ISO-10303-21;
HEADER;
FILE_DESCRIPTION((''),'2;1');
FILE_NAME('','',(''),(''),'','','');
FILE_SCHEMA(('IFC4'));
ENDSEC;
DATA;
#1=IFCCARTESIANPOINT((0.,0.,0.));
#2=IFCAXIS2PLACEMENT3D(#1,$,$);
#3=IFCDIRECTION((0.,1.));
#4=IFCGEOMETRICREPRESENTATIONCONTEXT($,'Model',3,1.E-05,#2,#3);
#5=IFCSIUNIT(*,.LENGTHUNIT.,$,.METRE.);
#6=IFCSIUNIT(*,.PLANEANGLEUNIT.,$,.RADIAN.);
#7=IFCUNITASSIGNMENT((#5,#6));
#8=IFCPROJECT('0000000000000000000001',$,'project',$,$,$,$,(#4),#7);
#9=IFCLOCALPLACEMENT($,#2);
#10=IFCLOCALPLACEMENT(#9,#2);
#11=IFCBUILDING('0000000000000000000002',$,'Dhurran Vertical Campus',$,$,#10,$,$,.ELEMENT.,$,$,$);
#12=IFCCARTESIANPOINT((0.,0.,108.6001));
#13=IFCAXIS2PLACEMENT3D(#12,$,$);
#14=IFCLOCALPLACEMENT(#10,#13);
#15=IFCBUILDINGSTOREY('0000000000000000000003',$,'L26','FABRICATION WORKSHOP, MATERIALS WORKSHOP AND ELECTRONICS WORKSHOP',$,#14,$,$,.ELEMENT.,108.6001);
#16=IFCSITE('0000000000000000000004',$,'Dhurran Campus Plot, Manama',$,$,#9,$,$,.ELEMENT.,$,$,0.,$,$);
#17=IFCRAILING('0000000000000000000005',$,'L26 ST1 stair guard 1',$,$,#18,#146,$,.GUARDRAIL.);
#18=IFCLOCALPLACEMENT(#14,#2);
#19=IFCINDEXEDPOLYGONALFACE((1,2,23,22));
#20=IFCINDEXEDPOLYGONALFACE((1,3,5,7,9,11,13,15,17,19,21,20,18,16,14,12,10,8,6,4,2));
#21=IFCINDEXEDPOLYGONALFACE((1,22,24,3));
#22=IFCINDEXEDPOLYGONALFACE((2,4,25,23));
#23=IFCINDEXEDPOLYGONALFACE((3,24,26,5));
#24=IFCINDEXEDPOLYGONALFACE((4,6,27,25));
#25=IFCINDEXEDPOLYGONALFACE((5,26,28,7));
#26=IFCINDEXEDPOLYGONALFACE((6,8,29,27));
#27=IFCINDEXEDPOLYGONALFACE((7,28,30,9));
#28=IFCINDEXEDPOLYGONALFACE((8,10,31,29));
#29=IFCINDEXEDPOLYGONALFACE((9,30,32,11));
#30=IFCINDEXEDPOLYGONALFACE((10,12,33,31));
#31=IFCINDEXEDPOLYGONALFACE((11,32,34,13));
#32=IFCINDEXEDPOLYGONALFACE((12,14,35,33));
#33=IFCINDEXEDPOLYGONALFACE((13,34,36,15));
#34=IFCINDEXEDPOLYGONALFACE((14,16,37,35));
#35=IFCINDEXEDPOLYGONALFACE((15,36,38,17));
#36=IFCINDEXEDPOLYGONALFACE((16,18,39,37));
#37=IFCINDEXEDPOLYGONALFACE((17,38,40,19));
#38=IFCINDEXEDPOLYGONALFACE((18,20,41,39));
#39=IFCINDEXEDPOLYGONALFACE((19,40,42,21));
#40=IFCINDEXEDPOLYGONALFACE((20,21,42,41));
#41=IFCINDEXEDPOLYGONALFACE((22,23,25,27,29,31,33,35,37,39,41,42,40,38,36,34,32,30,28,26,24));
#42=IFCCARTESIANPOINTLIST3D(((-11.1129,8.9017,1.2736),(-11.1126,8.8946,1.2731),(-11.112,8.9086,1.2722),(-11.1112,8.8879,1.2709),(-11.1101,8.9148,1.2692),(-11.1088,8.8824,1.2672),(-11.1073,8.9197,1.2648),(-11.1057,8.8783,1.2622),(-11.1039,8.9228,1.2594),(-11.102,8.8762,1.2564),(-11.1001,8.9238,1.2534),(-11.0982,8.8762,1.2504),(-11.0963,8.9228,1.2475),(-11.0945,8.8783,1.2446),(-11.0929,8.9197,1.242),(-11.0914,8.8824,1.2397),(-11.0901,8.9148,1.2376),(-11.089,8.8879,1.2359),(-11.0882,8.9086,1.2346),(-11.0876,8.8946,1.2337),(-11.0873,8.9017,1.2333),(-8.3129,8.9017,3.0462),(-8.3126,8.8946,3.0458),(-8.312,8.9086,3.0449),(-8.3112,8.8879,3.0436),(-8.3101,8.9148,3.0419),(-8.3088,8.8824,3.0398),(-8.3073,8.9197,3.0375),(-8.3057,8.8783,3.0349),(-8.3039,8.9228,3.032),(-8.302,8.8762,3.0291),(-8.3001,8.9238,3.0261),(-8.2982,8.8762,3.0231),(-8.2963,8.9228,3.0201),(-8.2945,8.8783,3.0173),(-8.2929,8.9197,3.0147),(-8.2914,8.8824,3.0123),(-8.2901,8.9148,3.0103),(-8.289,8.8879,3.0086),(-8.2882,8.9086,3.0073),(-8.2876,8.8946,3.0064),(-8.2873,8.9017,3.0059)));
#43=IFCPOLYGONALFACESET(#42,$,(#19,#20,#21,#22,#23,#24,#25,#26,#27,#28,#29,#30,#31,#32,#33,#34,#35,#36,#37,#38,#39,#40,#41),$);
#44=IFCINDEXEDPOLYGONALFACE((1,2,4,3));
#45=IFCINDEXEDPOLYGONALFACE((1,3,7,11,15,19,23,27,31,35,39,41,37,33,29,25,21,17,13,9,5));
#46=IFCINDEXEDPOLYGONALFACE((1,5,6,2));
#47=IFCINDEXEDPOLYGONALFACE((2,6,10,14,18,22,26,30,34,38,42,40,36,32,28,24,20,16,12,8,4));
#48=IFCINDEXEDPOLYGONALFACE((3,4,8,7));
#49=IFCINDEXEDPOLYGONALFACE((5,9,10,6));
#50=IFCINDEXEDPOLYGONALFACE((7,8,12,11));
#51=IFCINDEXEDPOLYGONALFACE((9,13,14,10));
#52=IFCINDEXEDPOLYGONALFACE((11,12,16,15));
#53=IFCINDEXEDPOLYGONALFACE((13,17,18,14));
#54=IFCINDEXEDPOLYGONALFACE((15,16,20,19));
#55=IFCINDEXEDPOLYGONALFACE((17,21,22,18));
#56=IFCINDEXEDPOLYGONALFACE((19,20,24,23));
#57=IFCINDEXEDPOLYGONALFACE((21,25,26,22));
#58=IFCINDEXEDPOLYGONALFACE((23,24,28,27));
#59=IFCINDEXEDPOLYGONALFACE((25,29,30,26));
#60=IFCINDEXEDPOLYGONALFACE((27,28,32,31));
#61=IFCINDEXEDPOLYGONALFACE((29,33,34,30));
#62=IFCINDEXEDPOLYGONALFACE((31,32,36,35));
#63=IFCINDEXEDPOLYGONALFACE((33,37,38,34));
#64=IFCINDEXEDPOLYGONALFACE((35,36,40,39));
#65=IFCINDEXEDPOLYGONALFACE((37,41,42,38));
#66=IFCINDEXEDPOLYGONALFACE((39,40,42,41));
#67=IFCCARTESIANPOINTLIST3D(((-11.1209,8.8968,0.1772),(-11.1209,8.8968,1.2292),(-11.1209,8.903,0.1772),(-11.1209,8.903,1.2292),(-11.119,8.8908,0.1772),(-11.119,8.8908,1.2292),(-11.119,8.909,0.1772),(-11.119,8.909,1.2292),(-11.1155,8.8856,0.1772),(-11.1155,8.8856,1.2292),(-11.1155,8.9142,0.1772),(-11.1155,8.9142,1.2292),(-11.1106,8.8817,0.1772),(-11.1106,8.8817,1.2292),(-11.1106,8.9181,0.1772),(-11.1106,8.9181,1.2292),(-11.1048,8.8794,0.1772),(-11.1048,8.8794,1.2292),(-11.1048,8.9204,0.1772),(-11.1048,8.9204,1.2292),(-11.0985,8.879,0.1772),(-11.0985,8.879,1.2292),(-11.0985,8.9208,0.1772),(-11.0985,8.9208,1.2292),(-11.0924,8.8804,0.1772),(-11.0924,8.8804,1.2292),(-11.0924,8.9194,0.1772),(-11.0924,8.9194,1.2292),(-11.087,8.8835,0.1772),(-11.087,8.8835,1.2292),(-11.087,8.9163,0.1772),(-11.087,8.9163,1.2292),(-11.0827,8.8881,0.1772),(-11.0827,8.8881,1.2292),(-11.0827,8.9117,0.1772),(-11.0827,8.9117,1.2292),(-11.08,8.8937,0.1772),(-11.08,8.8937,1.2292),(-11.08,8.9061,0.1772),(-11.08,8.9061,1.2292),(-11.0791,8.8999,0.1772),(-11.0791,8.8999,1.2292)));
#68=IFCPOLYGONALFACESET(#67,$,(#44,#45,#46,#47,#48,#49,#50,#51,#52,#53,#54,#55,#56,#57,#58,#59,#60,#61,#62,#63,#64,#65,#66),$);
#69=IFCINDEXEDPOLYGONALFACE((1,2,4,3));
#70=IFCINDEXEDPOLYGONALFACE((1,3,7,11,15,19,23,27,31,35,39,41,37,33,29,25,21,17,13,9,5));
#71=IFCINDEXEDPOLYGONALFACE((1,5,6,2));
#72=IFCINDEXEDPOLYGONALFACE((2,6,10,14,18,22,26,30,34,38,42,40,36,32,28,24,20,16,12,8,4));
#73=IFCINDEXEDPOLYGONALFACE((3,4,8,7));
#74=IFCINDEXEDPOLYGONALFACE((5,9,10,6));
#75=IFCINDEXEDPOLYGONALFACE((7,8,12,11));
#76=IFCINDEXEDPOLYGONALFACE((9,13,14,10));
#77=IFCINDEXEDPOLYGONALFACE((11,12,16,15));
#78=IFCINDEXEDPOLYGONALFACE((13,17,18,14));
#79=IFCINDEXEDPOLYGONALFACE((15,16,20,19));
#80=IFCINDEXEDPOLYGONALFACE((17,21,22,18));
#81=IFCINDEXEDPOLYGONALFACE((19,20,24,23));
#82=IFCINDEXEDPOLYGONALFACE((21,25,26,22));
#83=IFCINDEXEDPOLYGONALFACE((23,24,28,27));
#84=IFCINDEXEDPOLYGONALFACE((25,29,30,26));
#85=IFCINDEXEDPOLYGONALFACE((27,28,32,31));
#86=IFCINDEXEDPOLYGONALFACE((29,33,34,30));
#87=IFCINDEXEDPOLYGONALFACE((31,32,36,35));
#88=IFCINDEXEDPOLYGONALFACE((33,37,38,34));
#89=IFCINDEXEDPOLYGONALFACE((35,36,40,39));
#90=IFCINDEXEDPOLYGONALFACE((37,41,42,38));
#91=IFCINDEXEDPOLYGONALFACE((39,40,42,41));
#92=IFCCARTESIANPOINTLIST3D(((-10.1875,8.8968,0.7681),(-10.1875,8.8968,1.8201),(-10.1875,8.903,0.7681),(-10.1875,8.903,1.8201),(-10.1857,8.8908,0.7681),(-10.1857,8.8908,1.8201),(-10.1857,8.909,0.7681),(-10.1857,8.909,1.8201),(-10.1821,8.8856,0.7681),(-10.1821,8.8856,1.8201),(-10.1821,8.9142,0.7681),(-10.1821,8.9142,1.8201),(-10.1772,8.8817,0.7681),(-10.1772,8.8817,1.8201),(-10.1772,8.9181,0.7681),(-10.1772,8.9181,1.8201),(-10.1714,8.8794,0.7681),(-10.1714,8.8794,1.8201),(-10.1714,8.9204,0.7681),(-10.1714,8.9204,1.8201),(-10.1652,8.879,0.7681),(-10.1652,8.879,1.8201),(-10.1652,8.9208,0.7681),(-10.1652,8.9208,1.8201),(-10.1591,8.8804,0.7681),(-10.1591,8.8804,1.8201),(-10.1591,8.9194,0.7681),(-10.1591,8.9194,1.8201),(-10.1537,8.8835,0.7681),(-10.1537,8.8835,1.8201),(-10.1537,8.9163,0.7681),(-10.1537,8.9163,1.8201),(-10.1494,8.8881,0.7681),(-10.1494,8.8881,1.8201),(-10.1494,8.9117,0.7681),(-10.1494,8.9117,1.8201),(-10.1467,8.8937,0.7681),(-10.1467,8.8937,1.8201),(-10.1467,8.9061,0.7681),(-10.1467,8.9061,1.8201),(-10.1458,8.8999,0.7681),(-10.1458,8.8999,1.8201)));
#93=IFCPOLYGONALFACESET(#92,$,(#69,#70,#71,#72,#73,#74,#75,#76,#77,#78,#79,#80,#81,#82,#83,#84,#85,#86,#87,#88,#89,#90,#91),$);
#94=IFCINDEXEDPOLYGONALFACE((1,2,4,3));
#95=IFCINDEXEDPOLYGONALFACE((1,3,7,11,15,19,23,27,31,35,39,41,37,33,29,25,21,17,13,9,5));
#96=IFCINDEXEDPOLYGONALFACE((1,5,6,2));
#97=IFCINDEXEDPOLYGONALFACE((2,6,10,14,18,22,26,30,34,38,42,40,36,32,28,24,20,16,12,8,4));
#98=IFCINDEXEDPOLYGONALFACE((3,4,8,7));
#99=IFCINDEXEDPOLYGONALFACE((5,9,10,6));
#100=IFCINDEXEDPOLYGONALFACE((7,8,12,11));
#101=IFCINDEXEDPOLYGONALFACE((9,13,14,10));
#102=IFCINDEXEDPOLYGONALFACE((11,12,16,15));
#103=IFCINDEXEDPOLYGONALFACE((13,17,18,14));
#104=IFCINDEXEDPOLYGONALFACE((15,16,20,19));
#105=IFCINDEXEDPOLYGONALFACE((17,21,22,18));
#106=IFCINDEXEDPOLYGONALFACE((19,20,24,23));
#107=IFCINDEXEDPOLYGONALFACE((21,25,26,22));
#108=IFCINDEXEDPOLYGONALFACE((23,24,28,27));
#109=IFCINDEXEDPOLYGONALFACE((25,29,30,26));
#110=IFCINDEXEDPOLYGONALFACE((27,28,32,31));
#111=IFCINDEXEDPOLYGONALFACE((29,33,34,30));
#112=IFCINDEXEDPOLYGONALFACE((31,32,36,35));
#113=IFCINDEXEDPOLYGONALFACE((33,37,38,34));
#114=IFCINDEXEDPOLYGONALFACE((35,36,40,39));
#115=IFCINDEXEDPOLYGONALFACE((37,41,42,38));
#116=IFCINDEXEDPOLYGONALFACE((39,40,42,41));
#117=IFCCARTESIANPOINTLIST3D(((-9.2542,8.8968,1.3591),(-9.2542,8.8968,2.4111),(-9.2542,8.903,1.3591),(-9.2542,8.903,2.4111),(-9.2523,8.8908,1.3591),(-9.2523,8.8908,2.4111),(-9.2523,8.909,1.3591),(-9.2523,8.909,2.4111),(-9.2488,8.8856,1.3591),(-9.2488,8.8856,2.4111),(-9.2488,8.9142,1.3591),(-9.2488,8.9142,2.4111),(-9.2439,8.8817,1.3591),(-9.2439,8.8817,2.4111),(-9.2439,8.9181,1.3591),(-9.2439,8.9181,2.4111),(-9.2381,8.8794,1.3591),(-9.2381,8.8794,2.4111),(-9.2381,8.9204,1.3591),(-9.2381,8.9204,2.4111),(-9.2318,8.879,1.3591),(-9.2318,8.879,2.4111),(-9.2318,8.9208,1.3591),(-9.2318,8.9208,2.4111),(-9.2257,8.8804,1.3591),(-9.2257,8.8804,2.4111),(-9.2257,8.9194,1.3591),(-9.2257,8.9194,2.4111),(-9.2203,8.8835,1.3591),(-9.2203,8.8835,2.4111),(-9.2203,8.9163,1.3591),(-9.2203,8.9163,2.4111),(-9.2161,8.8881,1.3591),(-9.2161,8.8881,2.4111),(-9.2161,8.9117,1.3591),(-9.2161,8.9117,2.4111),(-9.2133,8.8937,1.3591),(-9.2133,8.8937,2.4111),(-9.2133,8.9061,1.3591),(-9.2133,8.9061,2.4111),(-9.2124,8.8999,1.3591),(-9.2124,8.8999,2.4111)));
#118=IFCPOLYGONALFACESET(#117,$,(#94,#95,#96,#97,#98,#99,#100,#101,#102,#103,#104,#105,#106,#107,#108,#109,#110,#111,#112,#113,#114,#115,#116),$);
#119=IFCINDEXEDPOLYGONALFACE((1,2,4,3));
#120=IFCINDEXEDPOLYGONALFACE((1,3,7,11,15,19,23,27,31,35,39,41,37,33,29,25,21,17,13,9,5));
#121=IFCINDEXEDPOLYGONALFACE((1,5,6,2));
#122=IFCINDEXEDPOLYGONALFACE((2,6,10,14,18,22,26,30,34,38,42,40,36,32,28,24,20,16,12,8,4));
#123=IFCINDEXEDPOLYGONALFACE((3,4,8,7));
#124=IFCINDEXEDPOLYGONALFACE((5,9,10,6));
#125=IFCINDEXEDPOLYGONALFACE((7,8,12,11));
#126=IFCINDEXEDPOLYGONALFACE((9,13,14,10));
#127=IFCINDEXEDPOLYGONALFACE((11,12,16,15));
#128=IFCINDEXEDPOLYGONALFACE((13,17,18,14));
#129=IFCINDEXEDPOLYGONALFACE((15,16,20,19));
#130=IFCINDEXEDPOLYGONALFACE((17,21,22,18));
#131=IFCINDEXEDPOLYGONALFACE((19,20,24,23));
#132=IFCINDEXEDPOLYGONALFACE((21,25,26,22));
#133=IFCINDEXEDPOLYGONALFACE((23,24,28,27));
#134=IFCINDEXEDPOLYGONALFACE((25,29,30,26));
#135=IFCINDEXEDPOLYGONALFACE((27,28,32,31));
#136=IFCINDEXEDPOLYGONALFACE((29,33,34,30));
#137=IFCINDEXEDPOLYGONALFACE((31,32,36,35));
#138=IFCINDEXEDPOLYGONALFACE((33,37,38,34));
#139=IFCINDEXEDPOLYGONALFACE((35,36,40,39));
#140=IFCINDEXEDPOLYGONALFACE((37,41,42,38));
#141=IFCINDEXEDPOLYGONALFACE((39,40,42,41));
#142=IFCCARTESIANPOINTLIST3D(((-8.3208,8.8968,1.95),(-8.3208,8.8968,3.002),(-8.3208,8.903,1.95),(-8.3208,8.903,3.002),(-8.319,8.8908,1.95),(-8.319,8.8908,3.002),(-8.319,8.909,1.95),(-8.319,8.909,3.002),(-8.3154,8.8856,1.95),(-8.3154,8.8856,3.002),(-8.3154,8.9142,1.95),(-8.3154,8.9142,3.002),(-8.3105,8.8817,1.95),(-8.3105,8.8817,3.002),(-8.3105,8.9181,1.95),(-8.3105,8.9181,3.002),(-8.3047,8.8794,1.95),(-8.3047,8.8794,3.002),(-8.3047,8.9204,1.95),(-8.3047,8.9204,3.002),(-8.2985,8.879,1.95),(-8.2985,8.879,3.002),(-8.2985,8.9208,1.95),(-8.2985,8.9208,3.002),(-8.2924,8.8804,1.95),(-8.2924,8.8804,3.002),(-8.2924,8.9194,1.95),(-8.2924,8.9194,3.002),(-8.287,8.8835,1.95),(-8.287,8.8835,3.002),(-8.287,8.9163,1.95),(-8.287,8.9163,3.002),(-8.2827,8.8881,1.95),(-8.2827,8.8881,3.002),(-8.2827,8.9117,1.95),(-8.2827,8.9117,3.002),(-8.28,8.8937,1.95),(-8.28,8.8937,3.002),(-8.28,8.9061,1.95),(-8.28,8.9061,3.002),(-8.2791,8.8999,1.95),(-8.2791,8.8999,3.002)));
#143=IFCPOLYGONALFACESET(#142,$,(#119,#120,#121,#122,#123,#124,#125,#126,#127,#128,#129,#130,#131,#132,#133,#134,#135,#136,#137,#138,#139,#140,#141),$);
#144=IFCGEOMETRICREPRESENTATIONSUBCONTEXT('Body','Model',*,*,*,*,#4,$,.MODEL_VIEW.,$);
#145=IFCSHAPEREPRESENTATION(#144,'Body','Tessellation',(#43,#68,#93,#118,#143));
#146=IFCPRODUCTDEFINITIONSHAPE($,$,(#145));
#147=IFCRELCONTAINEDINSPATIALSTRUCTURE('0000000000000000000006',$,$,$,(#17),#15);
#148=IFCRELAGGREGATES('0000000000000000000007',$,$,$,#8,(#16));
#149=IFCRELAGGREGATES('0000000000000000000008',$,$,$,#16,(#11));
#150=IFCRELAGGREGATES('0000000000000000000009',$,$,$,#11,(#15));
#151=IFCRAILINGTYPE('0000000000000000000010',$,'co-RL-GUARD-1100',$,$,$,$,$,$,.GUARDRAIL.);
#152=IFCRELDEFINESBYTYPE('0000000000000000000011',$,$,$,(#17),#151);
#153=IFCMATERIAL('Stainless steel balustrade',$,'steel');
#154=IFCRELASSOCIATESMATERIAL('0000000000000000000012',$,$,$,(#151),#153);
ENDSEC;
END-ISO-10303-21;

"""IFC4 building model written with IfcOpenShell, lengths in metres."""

from ifc_helpers import new_model, si_unit, direction, frame, origin, origin_2d, place, context, subcontext, project, spatial, circle, extrude, material, type_object, element, save


model = new_model("IFC4")

# Units and contexts
model_context = context("Model", 3, precision=1e-05, world=origin(), true_north=direction((0.0, 1.0)))
body_context = subcontext(model_context, "Body", "Model", "MODEL_VIEW")
ifc_project = project(units=[si_unit("LENGTHUNIT", "METRE"), si_unit("PLANEANGLEUNIT", "RADIAN")], contexts=[model_context])

# Site, building, storey
site_placement = place(None, origin())
site = spatial("IfcSite", under=ifc_project, at=site_placement, Name="Dhurran Campus Plot, Manama", CompositionType="ELEMENT", RefElevation=0.0)
building_placement = place(site_placement, origin())
building = spatial("IfcBuilding", under=site, at=building_placement, Name="Dhurran Vertical Campus", CompositionType="ELEMENT")
storey_placement = place(building_placement, frame((0.0, 0.0, 108.6001)))
storey = spatial("IfcBuildingStorey", under=building, at=storey_placement, Name="L26", Description="FABRICATION WORKSHOP, MATERIALS WORKSHOP AND ELECTRONICS WORKSHOP", CompositionType="ELEMENT", Elevation=108.6001)

# Railing
ifc_material_1 = material(Name="Stainless steel balustrade", Category="steel")
railing_type_1 = type_object("IfcRailingType", Name="co-RL-GUARD-1100", PredefinedType="GUARDRAIL", material=ifc_material_1)
railing_1_placement = place(storey_placement, frame((-11.1001, 8.8999, 0.1772)))
element("IfcRailing", 1, at=railing_1_placement, inside=storey, type_object=railing_type_1, Name="L26 ST1 stair guard 1", PredefinedType="GUARDRAIL", context=body_context, shape_type="SweptSolid", body=[
    extrude(circle(Radius=0.0239, at=origin_2d()), frame((0.0, 0.0, 1.0762), z_axis=(0.844909, 0.0, 0.53491), x_axis=(0.0, 1.0, 0.0)), (0.0, 0.0, 1.0), 3.314),
    extrude(circle(Radius=0.021, at=origin_2d()), origin(), (0.0, 0.0, 1.0), 1.052),
    extrude(circle(Radius=0.021, at=origin_2d()), frame((0.9333, 0.0, 0.5908)), (0.0, 0.0, 1.0), 1.052),
    extrude(circle(Radius=0.021, at=origin_2d()), frame((1.8667, 0.0, 1.1819)), (0.0, 0.0, 1.0), 1.052),
    extrude(circle(Radius=0.021, at=origin_2d()), frame((2.8, 0.0, 1.7727)), (0.0, 0.0, 1.0), 1.052),
])

save(model, "model.ifc")
